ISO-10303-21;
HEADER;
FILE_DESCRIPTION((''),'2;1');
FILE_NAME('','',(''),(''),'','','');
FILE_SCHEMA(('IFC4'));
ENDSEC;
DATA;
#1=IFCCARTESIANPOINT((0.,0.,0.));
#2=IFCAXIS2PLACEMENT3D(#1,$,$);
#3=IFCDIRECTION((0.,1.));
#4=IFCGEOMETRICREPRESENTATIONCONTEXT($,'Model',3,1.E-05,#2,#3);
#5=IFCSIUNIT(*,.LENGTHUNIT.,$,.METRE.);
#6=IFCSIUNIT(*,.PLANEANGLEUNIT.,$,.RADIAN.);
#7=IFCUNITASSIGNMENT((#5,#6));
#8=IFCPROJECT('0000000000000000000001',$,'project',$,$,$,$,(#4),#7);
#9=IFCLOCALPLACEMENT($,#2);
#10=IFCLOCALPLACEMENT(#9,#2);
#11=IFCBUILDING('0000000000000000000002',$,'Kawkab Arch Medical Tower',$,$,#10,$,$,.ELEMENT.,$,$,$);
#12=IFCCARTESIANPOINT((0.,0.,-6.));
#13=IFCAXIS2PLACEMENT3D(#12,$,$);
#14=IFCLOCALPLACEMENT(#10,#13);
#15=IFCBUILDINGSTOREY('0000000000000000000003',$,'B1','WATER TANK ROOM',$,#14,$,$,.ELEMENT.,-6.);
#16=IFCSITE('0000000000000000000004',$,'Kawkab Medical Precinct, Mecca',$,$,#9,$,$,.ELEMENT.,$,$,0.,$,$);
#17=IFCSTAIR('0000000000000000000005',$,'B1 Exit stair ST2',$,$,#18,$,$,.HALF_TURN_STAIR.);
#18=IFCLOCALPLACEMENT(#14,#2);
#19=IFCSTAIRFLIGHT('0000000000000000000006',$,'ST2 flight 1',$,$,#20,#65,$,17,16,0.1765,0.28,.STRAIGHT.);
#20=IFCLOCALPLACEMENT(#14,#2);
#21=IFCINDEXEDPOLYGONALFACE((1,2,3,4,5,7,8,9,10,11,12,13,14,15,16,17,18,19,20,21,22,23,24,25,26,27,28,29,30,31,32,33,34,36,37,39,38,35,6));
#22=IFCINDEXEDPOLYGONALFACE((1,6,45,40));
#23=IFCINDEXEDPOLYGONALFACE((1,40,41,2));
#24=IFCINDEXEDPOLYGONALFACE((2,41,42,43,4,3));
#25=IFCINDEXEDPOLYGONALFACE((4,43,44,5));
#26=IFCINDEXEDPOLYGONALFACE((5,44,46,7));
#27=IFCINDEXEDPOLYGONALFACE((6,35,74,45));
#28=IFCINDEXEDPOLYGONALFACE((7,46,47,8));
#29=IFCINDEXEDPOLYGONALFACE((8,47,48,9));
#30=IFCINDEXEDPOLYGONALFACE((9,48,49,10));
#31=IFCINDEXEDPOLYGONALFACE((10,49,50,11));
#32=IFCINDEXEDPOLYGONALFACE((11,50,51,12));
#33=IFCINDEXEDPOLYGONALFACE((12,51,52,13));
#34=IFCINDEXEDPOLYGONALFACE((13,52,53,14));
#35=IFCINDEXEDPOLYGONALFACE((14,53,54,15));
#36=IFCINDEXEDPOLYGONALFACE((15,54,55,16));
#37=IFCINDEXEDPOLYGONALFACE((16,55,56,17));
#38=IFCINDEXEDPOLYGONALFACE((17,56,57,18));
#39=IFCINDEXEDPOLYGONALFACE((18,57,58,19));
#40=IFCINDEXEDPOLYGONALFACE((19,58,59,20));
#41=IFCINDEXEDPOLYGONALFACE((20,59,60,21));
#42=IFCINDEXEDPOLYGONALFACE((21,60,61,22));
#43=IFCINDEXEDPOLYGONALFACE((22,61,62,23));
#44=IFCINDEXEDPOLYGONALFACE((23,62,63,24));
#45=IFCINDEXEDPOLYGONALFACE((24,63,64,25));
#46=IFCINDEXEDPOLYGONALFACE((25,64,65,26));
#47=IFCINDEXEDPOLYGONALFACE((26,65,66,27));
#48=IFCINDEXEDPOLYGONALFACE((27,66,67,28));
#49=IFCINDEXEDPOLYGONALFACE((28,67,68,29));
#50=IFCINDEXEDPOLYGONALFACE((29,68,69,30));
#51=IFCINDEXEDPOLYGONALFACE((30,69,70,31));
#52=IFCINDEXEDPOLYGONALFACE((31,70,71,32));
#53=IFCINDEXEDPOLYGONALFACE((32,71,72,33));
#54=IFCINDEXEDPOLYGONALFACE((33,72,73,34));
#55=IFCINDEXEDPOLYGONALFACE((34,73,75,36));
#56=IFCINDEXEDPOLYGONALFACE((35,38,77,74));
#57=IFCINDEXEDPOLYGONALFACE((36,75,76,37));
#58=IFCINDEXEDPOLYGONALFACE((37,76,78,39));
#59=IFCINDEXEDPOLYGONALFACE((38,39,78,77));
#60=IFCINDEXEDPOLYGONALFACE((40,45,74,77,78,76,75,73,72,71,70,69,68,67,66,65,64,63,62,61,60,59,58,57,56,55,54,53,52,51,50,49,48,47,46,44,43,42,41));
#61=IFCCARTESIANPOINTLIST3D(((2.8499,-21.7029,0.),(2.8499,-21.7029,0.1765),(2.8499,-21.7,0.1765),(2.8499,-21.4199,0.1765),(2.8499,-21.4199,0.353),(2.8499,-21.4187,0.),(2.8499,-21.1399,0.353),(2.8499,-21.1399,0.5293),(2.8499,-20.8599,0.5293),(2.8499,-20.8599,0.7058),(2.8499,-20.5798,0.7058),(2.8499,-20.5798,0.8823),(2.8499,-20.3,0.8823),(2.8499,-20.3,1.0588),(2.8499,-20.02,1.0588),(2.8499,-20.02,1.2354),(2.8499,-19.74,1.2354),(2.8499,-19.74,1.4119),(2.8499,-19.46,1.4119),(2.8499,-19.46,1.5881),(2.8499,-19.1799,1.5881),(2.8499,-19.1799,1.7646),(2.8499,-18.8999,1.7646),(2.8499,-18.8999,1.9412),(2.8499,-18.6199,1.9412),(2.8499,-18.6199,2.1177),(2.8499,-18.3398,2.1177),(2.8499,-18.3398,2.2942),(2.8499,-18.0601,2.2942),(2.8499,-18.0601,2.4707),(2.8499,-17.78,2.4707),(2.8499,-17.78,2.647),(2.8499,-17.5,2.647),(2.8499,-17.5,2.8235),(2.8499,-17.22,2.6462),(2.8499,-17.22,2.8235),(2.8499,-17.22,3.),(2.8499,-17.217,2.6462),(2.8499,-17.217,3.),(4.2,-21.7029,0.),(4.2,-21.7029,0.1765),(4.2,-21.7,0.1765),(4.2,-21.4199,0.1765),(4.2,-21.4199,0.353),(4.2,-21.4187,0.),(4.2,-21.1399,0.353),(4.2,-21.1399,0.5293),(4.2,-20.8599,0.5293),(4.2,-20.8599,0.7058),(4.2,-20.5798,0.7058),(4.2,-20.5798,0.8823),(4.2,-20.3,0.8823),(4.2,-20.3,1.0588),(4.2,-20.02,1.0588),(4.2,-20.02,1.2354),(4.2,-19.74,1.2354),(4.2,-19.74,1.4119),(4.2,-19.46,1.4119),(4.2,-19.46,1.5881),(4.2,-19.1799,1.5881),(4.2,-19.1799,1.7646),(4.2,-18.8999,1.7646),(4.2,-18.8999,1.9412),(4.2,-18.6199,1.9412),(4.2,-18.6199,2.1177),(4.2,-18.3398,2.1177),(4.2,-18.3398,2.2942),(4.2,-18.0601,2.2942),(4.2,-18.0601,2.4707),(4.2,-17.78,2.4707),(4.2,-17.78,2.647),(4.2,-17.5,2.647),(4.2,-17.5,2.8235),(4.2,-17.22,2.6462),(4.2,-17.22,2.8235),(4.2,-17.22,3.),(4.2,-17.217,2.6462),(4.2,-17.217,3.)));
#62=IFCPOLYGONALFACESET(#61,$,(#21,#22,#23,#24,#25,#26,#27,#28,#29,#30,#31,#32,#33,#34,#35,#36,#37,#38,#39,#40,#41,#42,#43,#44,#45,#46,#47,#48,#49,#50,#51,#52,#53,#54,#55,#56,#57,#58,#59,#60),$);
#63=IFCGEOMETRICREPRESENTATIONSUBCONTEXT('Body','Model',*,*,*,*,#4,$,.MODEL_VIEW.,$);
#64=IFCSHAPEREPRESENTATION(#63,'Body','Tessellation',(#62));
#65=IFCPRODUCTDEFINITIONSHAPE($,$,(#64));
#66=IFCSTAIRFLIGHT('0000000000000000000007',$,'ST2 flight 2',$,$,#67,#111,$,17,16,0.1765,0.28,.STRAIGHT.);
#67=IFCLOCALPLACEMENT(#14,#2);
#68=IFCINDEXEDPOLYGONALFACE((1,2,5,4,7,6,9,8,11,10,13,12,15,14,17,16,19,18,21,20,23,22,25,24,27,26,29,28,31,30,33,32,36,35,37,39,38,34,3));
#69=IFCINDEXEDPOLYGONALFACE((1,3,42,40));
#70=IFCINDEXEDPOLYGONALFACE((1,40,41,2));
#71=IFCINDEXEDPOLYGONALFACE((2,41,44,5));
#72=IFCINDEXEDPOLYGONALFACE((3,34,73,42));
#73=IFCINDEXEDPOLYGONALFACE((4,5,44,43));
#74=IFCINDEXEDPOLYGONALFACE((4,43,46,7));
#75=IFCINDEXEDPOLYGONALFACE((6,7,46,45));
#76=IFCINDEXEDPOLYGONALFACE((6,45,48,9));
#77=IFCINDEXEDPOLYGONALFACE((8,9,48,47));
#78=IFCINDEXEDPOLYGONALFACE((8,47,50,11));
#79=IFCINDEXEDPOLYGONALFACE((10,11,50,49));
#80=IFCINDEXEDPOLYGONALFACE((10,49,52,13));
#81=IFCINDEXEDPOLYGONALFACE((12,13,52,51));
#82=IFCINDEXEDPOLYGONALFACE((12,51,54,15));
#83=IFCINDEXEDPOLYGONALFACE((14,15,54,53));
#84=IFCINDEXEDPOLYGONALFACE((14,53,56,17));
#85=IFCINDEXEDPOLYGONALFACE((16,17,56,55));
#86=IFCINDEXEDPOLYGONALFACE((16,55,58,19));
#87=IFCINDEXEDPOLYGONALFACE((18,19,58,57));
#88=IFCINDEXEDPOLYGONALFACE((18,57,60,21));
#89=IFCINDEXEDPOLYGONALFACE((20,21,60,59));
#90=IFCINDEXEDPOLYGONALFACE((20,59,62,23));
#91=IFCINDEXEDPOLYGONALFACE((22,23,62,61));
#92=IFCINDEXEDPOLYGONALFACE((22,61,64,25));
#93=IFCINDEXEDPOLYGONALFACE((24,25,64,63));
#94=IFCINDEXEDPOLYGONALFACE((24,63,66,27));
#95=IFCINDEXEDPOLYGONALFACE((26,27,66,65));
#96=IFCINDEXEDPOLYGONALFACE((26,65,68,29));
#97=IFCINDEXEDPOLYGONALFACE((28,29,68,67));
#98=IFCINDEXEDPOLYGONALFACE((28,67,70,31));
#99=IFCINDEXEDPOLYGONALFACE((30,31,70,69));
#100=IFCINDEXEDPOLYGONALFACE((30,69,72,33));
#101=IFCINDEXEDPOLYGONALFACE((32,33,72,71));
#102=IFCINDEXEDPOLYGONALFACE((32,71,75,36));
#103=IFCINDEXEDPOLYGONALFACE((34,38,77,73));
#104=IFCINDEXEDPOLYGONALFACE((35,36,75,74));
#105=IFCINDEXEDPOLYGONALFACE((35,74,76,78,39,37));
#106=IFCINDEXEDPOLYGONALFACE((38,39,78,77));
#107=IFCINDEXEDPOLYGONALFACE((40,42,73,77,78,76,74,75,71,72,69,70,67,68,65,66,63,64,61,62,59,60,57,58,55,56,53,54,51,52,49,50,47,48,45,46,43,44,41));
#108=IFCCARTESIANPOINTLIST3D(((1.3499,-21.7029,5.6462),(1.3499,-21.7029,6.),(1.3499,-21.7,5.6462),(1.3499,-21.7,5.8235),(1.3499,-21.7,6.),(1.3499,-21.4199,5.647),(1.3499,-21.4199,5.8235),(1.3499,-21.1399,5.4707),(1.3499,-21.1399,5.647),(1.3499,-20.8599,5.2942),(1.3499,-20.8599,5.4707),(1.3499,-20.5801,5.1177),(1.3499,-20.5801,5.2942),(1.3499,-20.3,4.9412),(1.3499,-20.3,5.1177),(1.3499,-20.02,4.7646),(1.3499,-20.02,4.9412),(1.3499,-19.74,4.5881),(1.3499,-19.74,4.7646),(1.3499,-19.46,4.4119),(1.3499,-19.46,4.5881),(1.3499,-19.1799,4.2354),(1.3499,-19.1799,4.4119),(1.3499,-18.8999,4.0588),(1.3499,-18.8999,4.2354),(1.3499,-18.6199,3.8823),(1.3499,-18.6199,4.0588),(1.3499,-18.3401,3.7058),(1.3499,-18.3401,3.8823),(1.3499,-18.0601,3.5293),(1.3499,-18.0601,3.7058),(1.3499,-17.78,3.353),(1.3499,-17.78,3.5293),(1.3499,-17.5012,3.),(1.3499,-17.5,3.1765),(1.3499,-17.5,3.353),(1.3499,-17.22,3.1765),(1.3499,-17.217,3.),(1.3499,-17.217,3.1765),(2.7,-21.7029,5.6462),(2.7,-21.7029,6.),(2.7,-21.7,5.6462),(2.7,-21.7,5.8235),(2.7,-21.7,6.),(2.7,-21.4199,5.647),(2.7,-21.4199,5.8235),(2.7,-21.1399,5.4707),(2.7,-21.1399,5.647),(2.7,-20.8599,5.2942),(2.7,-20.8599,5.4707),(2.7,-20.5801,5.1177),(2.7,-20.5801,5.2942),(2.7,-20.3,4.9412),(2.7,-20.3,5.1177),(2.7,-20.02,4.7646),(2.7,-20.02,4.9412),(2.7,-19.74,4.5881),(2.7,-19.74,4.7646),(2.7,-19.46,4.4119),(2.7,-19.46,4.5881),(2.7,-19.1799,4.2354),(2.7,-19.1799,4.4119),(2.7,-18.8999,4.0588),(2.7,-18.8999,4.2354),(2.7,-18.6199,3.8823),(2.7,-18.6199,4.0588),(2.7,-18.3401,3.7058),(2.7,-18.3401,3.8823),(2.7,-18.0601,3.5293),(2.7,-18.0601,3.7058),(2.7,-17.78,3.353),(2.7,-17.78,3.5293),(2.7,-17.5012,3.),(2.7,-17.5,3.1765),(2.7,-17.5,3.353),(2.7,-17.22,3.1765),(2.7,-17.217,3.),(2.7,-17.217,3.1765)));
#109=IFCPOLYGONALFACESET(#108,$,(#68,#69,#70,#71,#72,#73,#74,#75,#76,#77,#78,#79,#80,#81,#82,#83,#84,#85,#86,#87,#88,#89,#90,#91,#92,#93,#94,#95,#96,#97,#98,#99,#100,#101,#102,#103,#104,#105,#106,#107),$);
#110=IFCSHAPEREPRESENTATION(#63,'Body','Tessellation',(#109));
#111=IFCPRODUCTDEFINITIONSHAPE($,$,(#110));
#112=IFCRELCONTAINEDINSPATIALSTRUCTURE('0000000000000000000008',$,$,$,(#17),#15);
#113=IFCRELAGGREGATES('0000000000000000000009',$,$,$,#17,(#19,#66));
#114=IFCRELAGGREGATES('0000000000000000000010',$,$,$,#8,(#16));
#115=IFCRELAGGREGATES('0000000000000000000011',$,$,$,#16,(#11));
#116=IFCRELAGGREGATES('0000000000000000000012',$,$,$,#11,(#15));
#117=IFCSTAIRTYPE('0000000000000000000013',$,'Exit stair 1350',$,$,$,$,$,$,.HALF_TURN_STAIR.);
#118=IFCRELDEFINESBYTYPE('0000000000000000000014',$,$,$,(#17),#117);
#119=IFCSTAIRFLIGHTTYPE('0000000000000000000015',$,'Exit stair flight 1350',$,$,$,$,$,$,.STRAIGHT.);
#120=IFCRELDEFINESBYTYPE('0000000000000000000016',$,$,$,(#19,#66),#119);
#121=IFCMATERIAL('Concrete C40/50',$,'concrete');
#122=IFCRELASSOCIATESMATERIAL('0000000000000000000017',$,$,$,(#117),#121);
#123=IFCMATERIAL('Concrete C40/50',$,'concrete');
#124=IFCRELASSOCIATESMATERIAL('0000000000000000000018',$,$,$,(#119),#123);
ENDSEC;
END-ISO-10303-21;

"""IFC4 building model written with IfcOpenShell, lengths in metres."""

from ifc_helpers import new_model, si_unit, direction, frame, origin, place, context, subcontext, project, spatial, polyline, outline, extrude, material, type_object, element, aggregate, save


model = new_model("IFC4")

# Units and contexts
model_context = context("Model", 3, precision=1e-05, world=origin(), true_north=direction((0.0, 1.0)))
body_context = subcontext(model_context, "Body", "Model", "MODEL_VIEW")
ifc_project = project(units=[si_unit("LENGTHUNIT", "METRE"), si_unit("PLANEANGLEUNIT", "RADIAN")], contexts=[model_context])

# Site, building, storey
site_placement = place(None, origin())
site = spatial("IfcSite", under=ifc_project, at=site_placement, Name="Kawkab Medical Precinct, Mecca", CompositionType="ELEMENT", RefElevation=0.0)
building_placement = place(site_placement, origin())
building = spatial("IfcBuilding", under=site, at=building_placement, Name="Kawkab Arch Medical Tower", CompositionType="ELEMENT")
storey_placement = place(building_placement, frame((0.0, 0.0, -6.0)))
storey = spatial("IfcBuildingStorey", under=building, at=storey_placement, Name="B1", Description="WATER TANK ROOM", CompositionType="ELEMENT", Elevation=-6.0)

# Stair, stair flights
ifc_material_1 = material(Name="Concrete C40/50", Category="concrete")
stair_type = type_object("IfcStairType", Name="Exit stair 1350", PredefinedType="HALF_TURN_STAIR", material=ifc_material_1)
stair_placement = place(storey_placement, origin())
stair = element("IfcStair", 1, at=stair_placement, inside=storey, type_object=stair_type, Name="B1 Exit stair ST2", PredefinedType="HALF_TURN_STAIR")
ifc_material_2 = material(Name="Concrete C40/50", Category="concrete")
stair_flight_type = type_object("IfcStairFlightType", Name="Exit stair flight 1350", PredefinedType="STRAIGHT", material=ifc_material_2)
stair_flight_1_placement = place(storey_placement, frame((3.5249, -21.7, 0.0), z_axis=(0.0, 0.0, 1.0), x_axis=(0.0, 1.0, 0.0)))
stair_flight_1 = element("IfcStairFlight", 2, at=stair_flight_1_placement, type_object=stair_flight_type, Name="ST2 flight 1", NumberOfRisers=17, NumberOfTreads=16, PredefinedType="STRAIGHT", RiserHeight=0.1765, TreadLength=0.28, context=body_context, shape_type="SweptSolid", body=[
    extrude(outline(polyline([(-0.0029, 0.0), (-0.0029, 0.1765), (0.0, 0.1765), (0.28, 0.1765), (0.28, 0.353), (0.5601, 0.353), (0.5601, 0.5293), (0.8401, 0.5293), (0.8401, 0.7058), (1.1201, 0.7058), (1.1201, 0.8823), (1.3999, 0.8823), (1.3999, 1.0588), (1.6799, 1.0588), (1.6799, 1.2354), (1.96, 1.2354), (1.96, 1.4119), (2.24, 1.4119), (2.24, 1.5881), (2.52, 1.5881), (2.52, 1.7646), (2.8, 1.7646), (2.8, 1.9412), (3.0801, 1.9412), (3.0801, 2.1177), (3.3601, 2.1177), (3.3601, 2.2942), (3.6399, 2.2942), (3.6399, 2.4707), (3.9199, 2.4707), (3.9199, 2.647), (4.2, 2.647), (4.2, 2.8235), (4.48, 2.8235), (4.48, 3.0), (4.4829, 3.0), (4.4829, 2.6462), (4.48, 2.6462), (0.2812, 0.0), (-0.0029, 0.0)])), frame((0.0, 0.675, 0.0), z_axis=(0.0, -1.0, 0.0), x_axis=(1.0, 0.0, 0.0)), (0.0, 0.0, 1.0), 1.3501),
])
stair_flight_2_placement = place(storey_placement, frame((2.0249, -17.22, 3.0), z_axis=(0.0, 0.0, 1.0), x_axis=(0.0, -1.0, 0.0)))
stair_flight_2 = element("IfcStairFlight", 3, at=stair_flight_2_placement, type_object=stair_flight_type, Name="ST2 flight 2", NumberOfRisers=17, NumberOfTreads=16, PredefinedType="STRAIGHT", RiserHeight=0.1765, TreadLength=0.28, context=body_context, shape_type="SweptSolid", body=[
    extrude(outline(polyline([(-0.0029, 0.0), (-0.0029, 0.1765), (0.0, 0.1765), (0.28, 0.1765), (0.28, 0.353), (0.5601, 0.353), (0.5601, 0.5293), (0.8401, 0.5293), (0.8401, 0.7058), (1.1201, 0.7058), (1.1201, 0.8823), (1.3999, 0.8823), (1.3999, 1.0588), (1.6799, 1.0588), (1.6799, 1.2354), (1.96, 1.2354), (1.96, 1.4119), (2.24, 1.4119), (2.24, 1.5881), (2.52, 1.5881), (2.52, 1.7646), (2.8, 1.7646), (2.8, 1.9412), (3.0801, 1.9412), (3.0801, 2.1177), (3.3601, 2.1177), (3.3601, 2.2942), (3.6399, 2.2942), (3.6399, 2.4707), (3.9199, 2.4707), (3.9199, 2.647), (4.2, 2.647), (4.2, 2.8235), (4.48, 2.8235), (4.48, 3.0), (4.4829, 3.0), (4.4829, 2.6462), (4.48, 2.6462), (0.2812, 0.0), (-0.0029, 0.0)])), frame((0.0, 0.675, 0.0), z_axis=(0.0, -1.0, 0.0), x_axis=(1.0, 0.0, 0.0)), (0.0, 0.0, 1.0), 1.3501),
])
aggregate(stair, [stair_flight_1, stair_flight_2])

save(model, "model.ifc")
